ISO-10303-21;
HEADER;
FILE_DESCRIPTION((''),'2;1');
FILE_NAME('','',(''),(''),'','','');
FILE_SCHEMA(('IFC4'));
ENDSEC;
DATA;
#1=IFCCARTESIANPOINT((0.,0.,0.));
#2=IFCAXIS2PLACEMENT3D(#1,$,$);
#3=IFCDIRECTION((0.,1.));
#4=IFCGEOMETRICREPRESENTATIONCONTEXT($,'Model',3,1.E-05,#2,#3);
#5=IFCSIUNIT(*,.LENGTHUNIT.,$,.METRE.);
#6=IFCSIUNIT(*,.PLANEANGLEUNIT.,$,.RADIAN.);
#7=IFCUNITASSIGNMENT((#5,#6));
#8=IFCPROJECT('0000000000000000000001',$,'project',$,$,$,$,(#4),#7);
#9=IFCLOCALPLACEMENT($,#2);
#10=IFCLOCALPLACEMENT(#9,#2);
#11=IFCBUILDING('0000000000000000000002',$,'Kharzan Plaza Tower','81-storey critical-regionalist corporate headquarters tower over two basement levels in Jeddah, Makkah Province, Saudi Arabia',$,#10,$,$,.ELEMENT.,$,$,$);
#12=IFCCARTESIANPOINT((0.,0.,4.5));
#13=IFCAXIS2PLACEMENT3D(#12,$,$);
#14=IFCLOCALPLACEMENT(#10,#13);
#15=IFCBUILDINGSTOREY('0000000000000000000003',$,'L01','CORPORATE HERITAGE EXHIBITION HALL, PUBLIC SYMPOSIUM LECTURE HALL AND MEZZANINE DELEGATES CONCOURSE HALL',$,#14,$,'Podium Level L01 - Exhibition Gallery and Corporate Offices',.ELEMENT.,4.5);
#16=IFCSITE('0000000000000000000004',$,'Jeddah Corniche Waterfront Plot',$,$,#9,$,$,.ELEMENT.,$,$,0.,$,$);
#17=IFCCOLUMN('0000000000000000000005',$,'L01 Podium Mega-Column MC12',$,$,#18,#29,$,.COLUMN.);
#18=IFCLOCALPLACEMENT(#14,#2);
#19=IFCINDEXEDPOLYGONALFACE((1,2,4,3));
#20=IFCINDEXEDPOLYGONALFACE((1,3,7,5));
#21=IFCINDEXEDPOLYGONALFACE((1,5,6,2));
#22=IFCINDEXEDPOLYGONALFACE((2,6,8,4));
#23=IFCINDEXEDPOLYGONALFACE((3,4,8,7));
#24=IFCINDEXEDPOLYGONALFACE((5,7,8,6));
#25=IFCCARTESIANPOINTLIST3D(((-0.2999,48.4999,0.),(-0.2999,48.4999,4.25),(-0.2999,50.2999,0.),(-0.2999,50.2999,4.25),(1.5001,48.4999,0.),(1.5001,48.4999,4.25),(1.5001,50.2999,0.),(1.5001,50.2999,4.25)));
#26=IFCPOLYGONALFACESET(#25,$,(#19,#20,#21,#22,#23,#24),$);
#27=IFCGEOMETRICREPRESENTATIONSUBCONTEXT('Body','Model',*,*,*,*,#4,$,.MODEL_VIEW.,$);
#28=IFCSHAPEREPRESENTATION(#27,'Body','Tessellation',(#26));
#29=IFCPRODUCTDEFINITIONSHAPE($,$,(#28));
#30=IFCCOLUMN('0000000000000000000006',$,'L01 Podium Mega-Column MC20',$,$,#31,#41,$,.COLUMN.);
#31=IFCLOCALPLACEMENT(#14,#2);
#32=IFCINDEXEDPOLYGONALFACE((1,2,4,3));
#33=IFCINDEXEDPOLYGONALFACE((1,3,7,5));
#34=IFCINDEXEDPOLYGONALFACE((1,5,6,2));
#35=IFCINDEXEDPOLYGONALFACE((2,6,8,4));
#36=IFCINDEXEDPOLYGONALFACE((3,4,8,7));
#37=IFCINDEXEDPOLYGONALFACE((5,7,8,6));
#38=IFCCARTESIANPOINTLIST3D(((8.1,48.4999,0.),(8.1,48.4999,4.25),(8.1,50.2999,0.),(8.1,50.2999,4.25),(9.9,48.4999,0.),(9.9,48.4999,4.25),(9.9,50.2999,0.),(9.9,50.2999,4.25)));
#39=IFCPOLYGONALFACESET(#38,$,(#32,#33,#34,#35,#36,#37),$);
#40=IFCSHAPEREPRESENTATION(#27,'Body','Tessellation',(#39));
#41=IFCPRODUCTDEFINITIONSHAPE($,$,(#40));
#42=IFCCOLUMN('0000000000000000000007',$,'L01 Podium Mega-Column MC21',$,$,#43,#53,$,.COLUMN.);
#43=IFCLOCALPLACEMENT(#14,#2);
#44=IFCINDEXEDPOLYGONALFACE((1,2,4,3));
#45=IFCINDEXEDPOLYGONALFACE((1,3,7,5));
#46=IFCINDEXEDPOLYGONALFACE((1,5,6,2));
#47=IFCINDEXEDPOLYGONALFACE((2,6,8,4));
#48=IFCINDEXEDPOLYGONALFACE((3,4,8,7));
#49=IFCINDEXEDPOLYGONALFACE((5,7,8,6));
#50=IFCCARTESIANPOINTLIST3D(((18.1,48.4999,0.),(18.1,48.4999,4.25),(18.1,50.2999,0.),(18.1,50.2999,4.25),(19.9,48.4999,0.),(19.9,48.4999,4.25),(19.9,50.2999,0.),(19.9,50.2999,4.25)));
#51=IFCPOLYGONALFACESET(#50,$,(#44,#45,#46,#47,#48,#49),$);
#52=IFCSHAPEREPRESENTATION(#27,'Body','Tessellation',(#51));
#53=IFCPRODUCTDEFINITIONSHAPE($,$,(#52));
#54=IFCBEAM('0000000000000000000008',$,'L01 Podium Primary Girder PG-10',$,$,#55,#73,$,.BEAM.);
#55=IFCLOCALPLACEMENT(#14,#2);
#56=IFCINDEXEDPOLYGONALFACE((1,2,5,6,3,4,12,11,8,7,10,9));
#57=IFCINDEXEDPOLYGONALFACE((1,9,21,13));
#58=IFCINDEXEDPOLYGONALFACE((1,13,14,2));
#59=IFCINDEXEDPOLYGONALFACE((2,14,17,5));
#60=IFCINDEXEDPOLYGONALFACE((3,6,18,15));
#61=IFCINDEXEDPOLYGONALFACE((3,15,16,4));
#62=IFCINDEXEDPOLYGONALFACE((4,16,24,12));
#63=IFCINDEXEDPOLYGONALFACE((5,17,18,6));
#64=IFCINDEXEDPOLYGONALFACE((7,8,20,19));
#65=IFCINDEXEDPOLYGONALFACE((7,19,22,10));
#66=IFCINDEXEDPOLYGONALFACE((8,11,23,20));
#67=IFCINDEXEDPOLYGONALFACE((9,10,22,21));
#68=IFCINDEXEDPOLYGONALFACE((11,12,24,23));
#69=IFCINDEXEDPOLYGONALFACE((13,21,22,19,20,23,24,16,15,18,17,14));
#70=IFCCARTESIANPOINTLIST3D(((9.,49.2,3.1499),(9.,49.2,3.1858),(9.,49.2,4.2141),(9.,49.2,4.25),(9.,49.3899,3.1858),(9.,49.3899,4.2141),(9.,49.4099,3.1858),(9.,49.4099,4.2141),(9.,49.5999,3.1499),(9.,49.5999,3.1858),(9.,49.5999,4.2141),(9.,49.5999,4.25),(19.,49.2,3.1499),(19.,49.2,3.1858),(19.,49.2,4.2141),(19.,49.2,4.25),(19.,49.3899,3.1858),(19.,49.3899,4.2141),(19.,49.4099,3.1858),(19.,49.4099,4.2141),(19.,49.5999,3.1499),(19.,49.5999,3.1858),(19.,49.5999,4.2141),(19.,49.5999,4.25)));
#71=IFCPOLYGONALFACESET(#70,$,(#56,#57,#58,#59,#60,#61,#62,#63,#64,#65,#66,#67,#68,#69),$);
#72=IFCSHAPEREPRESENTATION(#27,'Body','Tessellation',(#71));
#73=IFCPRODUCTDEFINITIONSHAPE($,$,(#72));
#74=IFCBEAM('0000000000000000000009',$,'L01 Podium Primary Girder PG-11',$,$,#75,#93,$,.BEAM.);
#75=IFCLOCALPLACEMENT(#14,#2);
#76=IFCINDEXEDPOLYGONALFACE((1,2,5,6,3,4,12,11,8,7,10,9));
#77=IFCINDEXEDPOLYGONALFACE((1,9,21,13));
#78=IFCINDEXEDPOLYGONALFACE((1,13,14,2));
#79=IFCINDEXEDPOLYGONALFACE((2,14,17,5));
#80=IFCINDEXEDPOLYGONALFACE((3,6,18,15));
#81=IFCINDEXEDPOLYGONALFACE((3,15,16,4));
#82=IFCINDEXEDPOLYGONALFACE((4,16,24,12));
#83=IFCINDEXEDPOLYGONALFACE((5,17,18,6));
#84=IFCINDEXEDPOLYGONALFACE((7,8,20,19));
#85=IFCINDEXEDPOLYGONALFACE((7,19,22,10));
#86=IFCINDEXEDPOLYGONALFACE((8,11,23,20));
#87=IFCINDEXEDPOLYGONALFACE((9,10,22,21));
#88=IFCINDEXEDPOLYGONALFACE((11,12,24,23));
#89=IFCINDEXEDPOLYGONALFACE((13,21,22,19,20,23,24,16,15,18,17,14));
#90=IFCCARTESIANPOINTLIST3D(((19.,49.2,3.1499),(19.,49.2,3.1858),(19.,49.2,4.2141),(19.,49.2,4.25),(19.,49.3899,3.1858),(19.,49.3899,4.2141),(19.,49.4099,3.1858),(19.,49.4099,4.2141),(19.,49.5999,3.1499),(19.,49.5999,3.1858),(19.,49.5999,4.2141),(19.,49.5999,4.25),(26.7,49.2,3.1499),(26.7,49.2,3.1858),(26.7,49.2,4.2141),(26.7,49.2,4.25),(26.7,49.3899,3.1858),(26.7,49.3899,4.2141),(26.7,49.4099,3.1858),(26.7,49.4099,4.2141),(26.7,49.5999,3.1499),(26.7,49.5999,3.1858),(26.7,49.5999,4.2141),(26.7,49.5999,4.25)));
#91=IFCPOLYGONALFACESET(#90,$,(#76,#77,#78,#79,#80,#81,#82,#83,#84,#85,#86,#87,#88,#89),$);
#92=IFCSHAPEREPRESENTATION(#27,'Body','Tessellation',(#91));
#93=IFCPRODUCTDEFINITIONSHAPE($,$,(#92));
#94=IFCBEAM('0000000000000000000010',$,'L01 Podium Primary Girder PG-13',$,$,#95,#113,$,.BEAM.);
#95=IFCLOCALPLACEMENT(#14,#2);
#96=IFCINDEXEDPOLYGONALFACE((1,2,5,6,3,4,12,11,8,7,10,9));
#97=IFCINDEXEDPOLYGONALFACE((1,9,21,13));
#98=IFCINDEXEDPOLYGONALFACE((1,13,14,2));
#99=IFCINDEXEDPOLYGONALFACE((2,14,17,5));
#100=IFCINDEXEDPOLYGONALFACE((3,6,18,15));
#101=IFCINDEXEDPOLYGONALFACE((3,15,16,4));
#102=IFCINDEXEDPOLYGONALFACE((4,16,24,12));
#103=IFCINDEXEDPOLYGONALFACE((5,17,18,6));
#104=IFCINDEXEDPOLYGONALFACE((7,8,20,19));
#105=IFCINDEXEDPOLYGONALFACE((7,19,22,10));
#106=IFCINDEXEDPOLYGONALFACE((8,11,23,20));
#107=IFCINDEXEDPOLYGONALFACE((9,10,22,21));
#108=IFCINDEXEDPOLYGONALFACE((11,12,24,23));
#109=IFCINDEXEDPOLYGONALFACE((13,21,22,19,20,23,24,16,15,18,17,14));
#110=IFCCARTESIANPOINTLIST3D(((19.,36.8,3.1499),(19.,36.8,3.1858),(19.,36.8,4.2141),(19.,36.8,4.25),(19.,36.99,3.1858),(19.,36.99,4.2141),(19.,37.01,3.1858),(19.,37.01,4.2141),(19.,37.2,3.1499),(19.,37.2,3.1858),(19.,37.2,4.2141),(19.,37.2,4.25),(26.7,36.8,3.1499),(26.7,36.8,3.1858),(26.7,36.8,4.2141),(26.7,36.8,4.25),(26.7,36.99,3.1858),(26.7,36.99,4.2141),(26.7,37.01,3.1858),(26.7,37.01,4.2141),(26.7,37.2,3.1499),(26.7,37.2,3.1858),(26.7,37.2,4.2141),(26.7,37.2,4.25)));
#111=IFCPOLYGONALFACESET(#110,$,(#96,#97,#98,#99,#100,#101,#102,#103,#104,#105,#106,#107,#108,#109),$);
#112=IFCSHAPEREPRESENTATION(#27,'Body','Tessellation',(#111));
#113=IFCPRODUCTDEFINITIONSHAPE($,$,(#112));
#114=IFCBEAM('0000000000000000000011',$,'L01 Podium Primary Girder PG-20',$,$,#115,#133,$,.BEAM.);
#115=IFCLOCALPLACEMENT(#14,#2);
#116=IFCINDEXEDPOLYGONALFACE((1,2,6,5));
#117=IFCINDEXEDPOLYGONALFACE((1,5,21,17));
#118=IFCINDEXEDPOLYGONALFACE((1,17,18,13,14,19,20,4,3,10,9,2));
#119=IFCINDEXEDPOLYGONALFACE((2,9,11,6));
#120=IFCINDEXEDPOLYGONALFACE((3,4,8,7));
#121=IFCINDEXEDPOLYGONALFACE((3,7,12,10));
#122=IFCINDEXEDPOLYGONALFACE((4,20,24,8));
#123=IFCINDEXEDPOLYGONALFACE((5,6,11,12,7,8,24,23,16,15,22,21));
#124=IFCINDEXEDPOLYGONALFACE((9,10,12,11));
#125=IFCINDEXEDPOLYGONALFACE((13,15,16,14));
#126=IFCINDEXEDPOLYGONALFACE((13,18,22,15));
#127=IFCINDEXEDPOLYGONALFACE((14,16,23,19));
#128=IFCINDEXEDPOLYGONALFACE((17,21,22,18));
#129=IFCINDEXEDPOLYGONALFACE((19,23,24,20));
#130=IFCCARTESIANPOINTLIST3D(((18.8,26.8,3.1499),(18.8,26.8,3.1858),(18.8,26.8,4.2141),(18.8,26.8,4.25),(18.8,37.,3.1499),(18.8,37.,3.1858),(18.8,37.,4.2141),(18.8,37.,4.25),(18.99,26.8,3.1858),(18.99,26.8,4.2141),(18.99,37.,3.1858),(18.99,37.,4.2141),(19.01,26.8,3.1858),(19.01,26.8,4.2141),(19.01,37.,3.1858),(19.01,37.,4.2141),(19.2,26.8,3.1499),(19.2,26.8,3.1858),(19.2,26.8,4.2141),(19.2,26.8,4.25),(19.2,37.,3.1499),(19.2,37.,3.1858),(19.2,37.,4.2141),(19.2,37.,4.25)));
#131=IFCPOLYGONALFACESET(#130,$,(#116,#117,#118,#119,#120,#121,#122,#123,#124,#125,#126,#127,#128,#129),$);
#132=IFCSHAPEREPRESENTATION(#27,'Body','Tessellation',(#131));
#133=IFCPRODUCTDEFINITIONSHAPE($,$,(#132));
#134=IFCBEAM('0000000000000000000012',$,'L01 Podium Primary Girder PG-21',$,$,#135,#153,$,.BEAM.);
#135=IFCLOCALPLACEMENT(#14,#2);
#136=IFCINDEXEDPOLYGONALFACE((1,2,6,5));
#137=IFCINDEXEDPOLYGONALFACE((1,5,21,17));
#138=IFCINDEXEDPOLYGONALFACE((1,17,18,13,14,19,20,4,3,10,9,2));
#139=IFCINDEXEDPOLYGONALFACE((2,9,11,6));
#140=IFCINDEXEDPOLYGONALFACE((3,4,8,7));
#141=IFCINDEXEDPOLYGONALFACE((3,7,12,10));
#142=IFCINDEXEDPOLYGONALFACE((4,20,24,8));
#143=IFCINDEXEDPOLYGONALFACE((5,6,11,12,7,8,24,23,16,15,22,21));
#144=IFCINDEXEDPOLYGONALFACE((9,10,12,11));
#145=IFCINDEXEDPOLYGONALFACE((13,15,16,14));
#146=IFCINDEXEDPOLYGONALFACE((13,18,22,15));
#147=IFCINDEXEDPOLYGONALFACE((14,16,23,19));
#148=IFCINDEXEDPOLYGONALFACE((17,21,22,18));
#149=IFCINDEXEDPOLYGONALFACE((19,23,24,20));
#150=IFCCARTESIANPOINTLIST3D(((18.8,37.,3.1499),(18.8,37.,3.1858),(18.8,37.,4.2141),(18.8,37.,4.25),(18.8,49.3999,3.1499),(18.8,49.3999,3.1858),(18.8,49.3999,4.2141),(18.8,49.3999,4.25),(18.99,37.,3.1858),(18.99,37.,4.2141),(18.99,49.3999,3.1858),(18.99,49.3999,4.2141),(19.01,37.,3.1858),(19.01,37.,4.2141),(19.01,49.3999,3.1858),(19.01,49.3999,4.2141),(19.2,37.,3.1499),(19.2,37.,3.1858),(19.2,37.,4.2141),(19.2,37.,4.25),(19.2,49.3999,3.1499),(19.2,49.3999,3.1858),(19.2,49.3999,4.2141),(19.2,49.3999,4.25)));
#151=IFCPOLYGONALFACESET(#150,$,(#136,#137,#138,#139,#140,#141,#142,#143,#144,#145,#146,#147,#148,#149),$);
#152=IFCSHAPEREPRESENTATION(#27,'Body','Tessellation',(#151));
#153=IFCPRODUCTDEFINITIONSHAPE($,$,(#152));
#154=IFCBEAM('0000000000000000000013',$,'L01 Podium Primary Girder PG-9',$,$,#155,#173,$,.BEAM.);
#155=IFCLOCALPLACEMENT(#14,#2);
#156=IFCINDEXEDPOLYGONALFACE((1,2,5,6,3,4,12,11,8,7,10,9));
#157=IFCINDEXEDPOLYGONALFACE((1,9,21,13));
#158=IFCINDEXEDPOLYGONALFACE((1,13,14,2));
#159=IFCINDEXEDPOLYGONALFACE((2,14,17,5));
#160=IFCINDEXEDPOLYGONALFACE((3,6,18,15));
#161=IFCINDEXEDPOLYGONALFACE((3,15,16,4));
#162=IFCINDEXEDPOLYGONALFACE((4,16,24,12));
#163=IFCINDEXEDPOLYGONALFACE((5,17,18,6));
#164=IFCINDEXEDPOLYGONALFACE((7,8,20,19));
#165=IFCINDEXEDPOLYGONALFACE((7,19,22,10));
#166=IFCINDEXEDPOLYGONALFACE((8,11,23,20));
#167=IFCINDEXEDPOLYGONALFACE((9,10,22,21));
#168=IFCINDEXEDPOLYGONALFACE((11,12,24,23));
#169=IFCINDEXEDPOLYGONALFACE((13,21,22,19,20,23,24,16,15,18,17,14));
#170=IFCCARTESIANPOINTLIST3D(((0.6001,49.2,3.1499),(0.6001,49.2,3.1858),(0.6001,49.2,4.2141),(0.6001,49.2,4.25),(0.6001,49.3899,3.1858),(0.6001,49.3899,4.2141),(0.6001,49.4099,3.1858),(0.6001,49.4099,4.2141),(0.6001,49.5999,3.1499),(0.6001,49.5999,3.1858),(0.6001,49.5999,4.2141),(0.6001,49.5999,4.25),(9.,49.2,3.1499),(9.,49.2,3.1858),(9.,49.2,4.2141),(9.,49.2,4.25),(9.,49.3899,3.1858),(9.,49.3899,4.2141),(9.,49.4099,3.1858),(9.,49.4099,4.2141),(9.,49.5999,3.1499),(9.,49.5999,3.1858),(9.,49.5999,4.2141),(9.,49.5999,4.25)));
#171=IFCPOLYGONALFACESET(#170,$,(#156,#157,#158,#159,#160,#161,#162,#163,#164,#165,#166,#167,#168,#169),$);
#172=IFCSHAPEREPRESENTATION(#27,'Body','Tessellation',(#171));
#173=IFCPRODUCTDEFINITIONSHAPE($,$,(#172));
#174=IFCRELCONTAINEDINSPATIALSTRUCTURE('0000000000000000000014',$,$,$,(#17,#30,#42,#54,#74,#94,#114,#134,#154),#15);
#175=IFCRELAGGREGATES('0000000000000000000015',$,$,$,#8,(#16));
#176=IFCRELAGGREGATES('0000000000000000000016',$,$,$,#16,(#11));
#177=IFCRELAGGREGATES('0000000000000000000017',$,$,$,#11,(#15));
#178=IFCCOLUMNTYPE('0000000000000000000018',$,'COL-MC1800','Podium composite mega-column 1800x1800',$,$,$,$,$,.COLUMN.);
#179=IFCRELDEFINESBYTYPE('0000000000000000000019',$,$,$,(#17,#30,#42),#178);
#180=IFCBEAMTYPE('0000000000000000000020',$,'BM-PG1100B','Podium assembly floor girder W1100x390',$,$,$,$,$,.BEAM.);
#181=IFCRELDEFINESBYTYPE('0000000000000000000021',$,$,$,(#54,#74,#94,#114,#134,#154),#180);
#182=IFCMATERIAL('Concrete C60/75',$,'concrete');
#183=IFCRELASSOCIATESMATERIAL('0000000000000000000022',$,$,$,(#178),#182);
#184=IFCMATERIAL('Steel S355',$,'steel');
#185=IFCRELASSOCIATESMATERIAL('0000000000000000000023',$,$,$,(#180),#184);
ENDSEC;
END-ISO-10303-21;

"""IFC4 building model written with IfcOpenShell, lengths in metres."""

from ifc_helpers import new_model, si_unit, direction, frame, origin, origin_2d, place, context, subcontext, project, spatial, rectangle, i_section, extrude, source, transform, mapped, material, material_profile, profile_set, type_object, element, save


model = new_model("IFC4")

# Units and contexts
model_context = context("Model", 3, precision=1e-05, world=origin(), true_north=direction((0.0, 1.0)))
body_context = subcontext(model_context, "Body", "Model", "MODEL_VIEW")
ifc_project = project(units=[si_unit("LENGTHUNIT", "METRE"), si_unit("PLANEANGLEUNIT", "RADIAN")], contexts=[model_context])

# Site, building, storey
site_placement = place(None, origin())
site = spatial("IfcSite", under=ifc_project, at=site_placement, Name="Jeddah Corniche Waterfront Plot", CompositionType="ELEMENT", RefElevation=0.0)
building_placement = place(site_placement, origin())
building = spatial("IfcBuilding", under=site, at=building_placement, Name="Kharzan Plaza Tower", Description="81-storey critical-regionalist corporate headquarters tower over two basement levels in Jeddah, Makkah Province, Saudi Arabia", CompositionType="ELEMENT")
storey_placement = place(building_placement, frame((0.0, 0.0, 4.5)))
storey = spatial("IfcBuildingStorey", under=building, at=storey_placement, Name="L01", Description="CORPORATE HERITAGE EXHIBITION HALL, PUBLIC SYMPOSIUM LECTURE HALL AND MEZZANINE DELEGATES CONCOURSE HALL", LongName="Podium Level L01 - Exhibition Gallery and Corporate Offices", CompositionType="ELEMENT", Elevation=4.5)

# Columns
ifc_material_1 = material(Name="Concrete C60/75", Category="concrete")
ifc_material_profile_1 = material_profile(ifc_material_1, rectangle(XDim=1.8, YDim=1.8, at=origin_2d()), Name="RC-MC1800x1800")
ifc_profile_set_1 = profile_set([ifc_material_profile_1], Name="Concrete C60/75")
column_type = type_object("IfcColumnType", Name="COL-MC1800", Description="Podium composite mega-column 1800x1800", PredefinedType="COLUMN", material=ifc_profile_set_1)
shared_shape_1 = source(origin(), body_context, "Body", "SweptSolid", [
    extrude(rectangle(XDim=1.8, YDim=1.8, at=origin_2d()), origin(), (0.0, 0.0, 1.0), 4.25),
])
for number, where, z_axis, x_axis, name in (
    (1, (0.6001, 49.3999, 0.0), (0.0, 0.0, 1.0), (1.0, 0.0, 0.0), "L01 Podium Mega-Column MC12"),
    (2, (9.0, 49.3999, 0.0), (0.0, 0.0, 1.0), (1.0, 0.0, 0.0), "L01 Podium Mega-Column MC20"),
    (3, (19.0, 49.3999, 0.0), (0.0, 0.0, 1.0), (1.0, 0.0, 0.0), "L01 Podium Mega-Column MC21"),
):
    element("IfcColumn", number, at=place(storey_placement, frame(where, z_axis=z_axis, x_axis=x_axis)), inside=storey, type_object=column_type, Name=name, PredefinedType="COLUMN", context=body_context, shape_type="MappedRepresentation", body=[
        mapped(shared_shape_1, transform((0.0, 0.0, 0.0), x_axis=(1.0, 0.0, 0.0), y_axis=(0.0, 1.0, 0.0), z_axis=(0.0, 0.0, 1.0))),
    ])

# Beams
ifc_material_2 = material(Name="Steel S355", Category="steel")
ifc_material_profile_2 = material_profile(ifc_material_2, i_section(OverallWidth=0.3999, OverallDepth=1.1001, WebThickness=0.02, FlangeThickness=0.0359, at=origin_2d()), Name="W1100x390")
ifc_profile_set_2 = profile_set([ifc_material_profile_2], Name="Steel S355")
beam_type = type_object("IfcBeamType", Name="BM-PG1100B", Description="Podium assembly floor girder W1100x390", PredefinedType="BEAM", material=ifc_profile_set_2)
shared_shape_2 = source(origin(), body_context, "Body", "SweptSolid", [
    extrude(i_section(OverallWidth=0.3999, OverallDepth=1.1001, WebThickness=0.02, FlangeThickness=0.0359, at=origin_2d()), origin(), (0.0, 0.0, 1.0), 10.0),
])
beam_1_placement = place(storey_placement, frame((9.0, 49.3999, 3.7), z_axis=(1.0, 0.0, 0.0), x_axis=(0.0, 1.0, 0.0)))
element("IfcBeam", 4, at=beam_1_placement, inside=storey, type_object=beam_type, Name="L01 Podium Primary Girder PG-10", PredefinedType="BEAM", context=body_context, shape_type="MappedRepresentation", body=[
    mapped(shared_shape_2, transform((0.0, 0.0, 0.0), x_axis=(1.0, 0.0, 0.0), y_axis=(0.0, 1.0, 0.0), z_axis=(0.0, 0.0, 1.0))),
])
shared_shape_3 = source(origin(), body_context, "Body", "SweptSolid", [
    extrude(i_section(OverallWidth=0.3999, OverallDepth=1.1001, WebThickness=0.02, FlangeThickness=0.0359, at=origin_2d()), origin(), (0.0, 0.0, 1.0), 7.7),
])
for number, where, z_axis, x_axis, name in (
    (5, (19.0, 49.3999, 3.7), (1.0, 0.0, 0.0), (0.0, 1.0, 0.0), "L01 Podium Primary Girder PG-11"),
    (6, (19.0, 37.0, 3.7), (1.0, 0.0, 0.0), (0.0, 1.0, 0.0), "L01 Podium Primary Girder PG-13"),
):
    element("IfcBeam", number, at=place(storey_placement, frame(where, z_axis=z_axis, x_axis=x_axis)), inside=storey, type_object=beam_type, Name=name, PredefinedType="BEAM", context=body_context, shape_type="MappedRepresentation", body=[
        mapped(shared_shape_3, transform((0.0, 0.0, 0.0), x_axis=(1.0, 0.0, 0.0), y_axis=(0.0, 1.0, 0.0), z_axis=(0.0, 0.0, 1.0))),
    ])
shared_shape_4 = source(origin(), body_context, "Body", "SweptSolid", [
    extrude(i_section(OverallWidth=0.3999, OverallDepth=1.1001, WebThickness=0.02, FlangeThickness=0.0359, at=origin_2d()), origin(), (0.0, 0.0, 1.0), 10.2),
])
beam_2_placement = place(storey_placement, frame((19.0, 26.8, 3.7), z_axis=(0.0, 1.0, 0.0), x_axis=(-1.0, 0.0, 0.0)))
element("IfcBeam", 7, at=beam_2_placement, inside=storey, type_object=beam_type, Name="L01 Podium Primary Girder PG-20", PredefinedType="BEAM", context=body_context, shape_type="MappedRepresentation", body=[
    mapped(shared_shape_4, transform((0.0, 0.0, 0.0), x_axis=(1.0, 0.0, 0.0), y_axis=(0.0, 1.0, 0.0), z_axis=(0.0, 0.0, 1.0))),
])
shared_shape_5 = source(origin(), body_context, "Body", "SweptSolid", [
    extrude(i_section(OverallWidth=0.3999, OverallDepth=1.1001, WebThickness=0.02, FlangeThickness=0.0359, at=origin_2d()), origin(), (0.0, 0.0, 1.0), 12.3999),
])
beam_3_placement = place(storey_placement, frame((19.0, 37.0, 3.7), z_axis=(0.0, 1.0, 0.0), x_axis=(-1.0, 0.0, 0.0)))
element("IfcBeam", 8, at=beam_3_placement, inside=storey, type_object=beam_type, Name="L01 Podium Primary Girder PG-21", PredefinedType="BEAM", context=body_context, shape_type="MappedRepresentation", body=[
    mapped(shared_shape_5, transform((0.0, 0.0, 0.0), x_axis=(1.0, 0.0, 0.0), y_axis=(0.0, 1.0, 0.0), z_axis=(0.0, 0.0, 1.0))),
])
shared_shape_6 = source(origin(), body_context, "Body", "SweptSolid", [
    extrude(i_section(OverallWidth=0.3999, OverallDepth=1.1001, WebThickness=0.02, FlangeThickness=0.0359, at=origin_2d()), origin(), (0.0, 0.0, 1.0), 8.3999),
])
beam_4_placement = place(storey_placement, frame((0.6001, 49.3999, 3.7), z_axis=(1.0, 0.0, 0.0), x_axis=(0.0, 1.0, 0.0)))
element("IfcBeam", 9, at=beam_4_placement, inside=storey, type_object=beam_type, Name="L01 Podium Primary Girder PG-9", PredefinedType="BEAM", context=body_context, shape_type="MappedRepresentation", body=[
    mapped(shared_shape_6, transform((0.0, 0.0, 0.0), x_axis=(1.0, 0.0, 0.0), y_axis=(0.0, 1.0, 0.0), z_axis=(0.0, 0.0, 1.0))),
])

save(model, "model.ifc")
